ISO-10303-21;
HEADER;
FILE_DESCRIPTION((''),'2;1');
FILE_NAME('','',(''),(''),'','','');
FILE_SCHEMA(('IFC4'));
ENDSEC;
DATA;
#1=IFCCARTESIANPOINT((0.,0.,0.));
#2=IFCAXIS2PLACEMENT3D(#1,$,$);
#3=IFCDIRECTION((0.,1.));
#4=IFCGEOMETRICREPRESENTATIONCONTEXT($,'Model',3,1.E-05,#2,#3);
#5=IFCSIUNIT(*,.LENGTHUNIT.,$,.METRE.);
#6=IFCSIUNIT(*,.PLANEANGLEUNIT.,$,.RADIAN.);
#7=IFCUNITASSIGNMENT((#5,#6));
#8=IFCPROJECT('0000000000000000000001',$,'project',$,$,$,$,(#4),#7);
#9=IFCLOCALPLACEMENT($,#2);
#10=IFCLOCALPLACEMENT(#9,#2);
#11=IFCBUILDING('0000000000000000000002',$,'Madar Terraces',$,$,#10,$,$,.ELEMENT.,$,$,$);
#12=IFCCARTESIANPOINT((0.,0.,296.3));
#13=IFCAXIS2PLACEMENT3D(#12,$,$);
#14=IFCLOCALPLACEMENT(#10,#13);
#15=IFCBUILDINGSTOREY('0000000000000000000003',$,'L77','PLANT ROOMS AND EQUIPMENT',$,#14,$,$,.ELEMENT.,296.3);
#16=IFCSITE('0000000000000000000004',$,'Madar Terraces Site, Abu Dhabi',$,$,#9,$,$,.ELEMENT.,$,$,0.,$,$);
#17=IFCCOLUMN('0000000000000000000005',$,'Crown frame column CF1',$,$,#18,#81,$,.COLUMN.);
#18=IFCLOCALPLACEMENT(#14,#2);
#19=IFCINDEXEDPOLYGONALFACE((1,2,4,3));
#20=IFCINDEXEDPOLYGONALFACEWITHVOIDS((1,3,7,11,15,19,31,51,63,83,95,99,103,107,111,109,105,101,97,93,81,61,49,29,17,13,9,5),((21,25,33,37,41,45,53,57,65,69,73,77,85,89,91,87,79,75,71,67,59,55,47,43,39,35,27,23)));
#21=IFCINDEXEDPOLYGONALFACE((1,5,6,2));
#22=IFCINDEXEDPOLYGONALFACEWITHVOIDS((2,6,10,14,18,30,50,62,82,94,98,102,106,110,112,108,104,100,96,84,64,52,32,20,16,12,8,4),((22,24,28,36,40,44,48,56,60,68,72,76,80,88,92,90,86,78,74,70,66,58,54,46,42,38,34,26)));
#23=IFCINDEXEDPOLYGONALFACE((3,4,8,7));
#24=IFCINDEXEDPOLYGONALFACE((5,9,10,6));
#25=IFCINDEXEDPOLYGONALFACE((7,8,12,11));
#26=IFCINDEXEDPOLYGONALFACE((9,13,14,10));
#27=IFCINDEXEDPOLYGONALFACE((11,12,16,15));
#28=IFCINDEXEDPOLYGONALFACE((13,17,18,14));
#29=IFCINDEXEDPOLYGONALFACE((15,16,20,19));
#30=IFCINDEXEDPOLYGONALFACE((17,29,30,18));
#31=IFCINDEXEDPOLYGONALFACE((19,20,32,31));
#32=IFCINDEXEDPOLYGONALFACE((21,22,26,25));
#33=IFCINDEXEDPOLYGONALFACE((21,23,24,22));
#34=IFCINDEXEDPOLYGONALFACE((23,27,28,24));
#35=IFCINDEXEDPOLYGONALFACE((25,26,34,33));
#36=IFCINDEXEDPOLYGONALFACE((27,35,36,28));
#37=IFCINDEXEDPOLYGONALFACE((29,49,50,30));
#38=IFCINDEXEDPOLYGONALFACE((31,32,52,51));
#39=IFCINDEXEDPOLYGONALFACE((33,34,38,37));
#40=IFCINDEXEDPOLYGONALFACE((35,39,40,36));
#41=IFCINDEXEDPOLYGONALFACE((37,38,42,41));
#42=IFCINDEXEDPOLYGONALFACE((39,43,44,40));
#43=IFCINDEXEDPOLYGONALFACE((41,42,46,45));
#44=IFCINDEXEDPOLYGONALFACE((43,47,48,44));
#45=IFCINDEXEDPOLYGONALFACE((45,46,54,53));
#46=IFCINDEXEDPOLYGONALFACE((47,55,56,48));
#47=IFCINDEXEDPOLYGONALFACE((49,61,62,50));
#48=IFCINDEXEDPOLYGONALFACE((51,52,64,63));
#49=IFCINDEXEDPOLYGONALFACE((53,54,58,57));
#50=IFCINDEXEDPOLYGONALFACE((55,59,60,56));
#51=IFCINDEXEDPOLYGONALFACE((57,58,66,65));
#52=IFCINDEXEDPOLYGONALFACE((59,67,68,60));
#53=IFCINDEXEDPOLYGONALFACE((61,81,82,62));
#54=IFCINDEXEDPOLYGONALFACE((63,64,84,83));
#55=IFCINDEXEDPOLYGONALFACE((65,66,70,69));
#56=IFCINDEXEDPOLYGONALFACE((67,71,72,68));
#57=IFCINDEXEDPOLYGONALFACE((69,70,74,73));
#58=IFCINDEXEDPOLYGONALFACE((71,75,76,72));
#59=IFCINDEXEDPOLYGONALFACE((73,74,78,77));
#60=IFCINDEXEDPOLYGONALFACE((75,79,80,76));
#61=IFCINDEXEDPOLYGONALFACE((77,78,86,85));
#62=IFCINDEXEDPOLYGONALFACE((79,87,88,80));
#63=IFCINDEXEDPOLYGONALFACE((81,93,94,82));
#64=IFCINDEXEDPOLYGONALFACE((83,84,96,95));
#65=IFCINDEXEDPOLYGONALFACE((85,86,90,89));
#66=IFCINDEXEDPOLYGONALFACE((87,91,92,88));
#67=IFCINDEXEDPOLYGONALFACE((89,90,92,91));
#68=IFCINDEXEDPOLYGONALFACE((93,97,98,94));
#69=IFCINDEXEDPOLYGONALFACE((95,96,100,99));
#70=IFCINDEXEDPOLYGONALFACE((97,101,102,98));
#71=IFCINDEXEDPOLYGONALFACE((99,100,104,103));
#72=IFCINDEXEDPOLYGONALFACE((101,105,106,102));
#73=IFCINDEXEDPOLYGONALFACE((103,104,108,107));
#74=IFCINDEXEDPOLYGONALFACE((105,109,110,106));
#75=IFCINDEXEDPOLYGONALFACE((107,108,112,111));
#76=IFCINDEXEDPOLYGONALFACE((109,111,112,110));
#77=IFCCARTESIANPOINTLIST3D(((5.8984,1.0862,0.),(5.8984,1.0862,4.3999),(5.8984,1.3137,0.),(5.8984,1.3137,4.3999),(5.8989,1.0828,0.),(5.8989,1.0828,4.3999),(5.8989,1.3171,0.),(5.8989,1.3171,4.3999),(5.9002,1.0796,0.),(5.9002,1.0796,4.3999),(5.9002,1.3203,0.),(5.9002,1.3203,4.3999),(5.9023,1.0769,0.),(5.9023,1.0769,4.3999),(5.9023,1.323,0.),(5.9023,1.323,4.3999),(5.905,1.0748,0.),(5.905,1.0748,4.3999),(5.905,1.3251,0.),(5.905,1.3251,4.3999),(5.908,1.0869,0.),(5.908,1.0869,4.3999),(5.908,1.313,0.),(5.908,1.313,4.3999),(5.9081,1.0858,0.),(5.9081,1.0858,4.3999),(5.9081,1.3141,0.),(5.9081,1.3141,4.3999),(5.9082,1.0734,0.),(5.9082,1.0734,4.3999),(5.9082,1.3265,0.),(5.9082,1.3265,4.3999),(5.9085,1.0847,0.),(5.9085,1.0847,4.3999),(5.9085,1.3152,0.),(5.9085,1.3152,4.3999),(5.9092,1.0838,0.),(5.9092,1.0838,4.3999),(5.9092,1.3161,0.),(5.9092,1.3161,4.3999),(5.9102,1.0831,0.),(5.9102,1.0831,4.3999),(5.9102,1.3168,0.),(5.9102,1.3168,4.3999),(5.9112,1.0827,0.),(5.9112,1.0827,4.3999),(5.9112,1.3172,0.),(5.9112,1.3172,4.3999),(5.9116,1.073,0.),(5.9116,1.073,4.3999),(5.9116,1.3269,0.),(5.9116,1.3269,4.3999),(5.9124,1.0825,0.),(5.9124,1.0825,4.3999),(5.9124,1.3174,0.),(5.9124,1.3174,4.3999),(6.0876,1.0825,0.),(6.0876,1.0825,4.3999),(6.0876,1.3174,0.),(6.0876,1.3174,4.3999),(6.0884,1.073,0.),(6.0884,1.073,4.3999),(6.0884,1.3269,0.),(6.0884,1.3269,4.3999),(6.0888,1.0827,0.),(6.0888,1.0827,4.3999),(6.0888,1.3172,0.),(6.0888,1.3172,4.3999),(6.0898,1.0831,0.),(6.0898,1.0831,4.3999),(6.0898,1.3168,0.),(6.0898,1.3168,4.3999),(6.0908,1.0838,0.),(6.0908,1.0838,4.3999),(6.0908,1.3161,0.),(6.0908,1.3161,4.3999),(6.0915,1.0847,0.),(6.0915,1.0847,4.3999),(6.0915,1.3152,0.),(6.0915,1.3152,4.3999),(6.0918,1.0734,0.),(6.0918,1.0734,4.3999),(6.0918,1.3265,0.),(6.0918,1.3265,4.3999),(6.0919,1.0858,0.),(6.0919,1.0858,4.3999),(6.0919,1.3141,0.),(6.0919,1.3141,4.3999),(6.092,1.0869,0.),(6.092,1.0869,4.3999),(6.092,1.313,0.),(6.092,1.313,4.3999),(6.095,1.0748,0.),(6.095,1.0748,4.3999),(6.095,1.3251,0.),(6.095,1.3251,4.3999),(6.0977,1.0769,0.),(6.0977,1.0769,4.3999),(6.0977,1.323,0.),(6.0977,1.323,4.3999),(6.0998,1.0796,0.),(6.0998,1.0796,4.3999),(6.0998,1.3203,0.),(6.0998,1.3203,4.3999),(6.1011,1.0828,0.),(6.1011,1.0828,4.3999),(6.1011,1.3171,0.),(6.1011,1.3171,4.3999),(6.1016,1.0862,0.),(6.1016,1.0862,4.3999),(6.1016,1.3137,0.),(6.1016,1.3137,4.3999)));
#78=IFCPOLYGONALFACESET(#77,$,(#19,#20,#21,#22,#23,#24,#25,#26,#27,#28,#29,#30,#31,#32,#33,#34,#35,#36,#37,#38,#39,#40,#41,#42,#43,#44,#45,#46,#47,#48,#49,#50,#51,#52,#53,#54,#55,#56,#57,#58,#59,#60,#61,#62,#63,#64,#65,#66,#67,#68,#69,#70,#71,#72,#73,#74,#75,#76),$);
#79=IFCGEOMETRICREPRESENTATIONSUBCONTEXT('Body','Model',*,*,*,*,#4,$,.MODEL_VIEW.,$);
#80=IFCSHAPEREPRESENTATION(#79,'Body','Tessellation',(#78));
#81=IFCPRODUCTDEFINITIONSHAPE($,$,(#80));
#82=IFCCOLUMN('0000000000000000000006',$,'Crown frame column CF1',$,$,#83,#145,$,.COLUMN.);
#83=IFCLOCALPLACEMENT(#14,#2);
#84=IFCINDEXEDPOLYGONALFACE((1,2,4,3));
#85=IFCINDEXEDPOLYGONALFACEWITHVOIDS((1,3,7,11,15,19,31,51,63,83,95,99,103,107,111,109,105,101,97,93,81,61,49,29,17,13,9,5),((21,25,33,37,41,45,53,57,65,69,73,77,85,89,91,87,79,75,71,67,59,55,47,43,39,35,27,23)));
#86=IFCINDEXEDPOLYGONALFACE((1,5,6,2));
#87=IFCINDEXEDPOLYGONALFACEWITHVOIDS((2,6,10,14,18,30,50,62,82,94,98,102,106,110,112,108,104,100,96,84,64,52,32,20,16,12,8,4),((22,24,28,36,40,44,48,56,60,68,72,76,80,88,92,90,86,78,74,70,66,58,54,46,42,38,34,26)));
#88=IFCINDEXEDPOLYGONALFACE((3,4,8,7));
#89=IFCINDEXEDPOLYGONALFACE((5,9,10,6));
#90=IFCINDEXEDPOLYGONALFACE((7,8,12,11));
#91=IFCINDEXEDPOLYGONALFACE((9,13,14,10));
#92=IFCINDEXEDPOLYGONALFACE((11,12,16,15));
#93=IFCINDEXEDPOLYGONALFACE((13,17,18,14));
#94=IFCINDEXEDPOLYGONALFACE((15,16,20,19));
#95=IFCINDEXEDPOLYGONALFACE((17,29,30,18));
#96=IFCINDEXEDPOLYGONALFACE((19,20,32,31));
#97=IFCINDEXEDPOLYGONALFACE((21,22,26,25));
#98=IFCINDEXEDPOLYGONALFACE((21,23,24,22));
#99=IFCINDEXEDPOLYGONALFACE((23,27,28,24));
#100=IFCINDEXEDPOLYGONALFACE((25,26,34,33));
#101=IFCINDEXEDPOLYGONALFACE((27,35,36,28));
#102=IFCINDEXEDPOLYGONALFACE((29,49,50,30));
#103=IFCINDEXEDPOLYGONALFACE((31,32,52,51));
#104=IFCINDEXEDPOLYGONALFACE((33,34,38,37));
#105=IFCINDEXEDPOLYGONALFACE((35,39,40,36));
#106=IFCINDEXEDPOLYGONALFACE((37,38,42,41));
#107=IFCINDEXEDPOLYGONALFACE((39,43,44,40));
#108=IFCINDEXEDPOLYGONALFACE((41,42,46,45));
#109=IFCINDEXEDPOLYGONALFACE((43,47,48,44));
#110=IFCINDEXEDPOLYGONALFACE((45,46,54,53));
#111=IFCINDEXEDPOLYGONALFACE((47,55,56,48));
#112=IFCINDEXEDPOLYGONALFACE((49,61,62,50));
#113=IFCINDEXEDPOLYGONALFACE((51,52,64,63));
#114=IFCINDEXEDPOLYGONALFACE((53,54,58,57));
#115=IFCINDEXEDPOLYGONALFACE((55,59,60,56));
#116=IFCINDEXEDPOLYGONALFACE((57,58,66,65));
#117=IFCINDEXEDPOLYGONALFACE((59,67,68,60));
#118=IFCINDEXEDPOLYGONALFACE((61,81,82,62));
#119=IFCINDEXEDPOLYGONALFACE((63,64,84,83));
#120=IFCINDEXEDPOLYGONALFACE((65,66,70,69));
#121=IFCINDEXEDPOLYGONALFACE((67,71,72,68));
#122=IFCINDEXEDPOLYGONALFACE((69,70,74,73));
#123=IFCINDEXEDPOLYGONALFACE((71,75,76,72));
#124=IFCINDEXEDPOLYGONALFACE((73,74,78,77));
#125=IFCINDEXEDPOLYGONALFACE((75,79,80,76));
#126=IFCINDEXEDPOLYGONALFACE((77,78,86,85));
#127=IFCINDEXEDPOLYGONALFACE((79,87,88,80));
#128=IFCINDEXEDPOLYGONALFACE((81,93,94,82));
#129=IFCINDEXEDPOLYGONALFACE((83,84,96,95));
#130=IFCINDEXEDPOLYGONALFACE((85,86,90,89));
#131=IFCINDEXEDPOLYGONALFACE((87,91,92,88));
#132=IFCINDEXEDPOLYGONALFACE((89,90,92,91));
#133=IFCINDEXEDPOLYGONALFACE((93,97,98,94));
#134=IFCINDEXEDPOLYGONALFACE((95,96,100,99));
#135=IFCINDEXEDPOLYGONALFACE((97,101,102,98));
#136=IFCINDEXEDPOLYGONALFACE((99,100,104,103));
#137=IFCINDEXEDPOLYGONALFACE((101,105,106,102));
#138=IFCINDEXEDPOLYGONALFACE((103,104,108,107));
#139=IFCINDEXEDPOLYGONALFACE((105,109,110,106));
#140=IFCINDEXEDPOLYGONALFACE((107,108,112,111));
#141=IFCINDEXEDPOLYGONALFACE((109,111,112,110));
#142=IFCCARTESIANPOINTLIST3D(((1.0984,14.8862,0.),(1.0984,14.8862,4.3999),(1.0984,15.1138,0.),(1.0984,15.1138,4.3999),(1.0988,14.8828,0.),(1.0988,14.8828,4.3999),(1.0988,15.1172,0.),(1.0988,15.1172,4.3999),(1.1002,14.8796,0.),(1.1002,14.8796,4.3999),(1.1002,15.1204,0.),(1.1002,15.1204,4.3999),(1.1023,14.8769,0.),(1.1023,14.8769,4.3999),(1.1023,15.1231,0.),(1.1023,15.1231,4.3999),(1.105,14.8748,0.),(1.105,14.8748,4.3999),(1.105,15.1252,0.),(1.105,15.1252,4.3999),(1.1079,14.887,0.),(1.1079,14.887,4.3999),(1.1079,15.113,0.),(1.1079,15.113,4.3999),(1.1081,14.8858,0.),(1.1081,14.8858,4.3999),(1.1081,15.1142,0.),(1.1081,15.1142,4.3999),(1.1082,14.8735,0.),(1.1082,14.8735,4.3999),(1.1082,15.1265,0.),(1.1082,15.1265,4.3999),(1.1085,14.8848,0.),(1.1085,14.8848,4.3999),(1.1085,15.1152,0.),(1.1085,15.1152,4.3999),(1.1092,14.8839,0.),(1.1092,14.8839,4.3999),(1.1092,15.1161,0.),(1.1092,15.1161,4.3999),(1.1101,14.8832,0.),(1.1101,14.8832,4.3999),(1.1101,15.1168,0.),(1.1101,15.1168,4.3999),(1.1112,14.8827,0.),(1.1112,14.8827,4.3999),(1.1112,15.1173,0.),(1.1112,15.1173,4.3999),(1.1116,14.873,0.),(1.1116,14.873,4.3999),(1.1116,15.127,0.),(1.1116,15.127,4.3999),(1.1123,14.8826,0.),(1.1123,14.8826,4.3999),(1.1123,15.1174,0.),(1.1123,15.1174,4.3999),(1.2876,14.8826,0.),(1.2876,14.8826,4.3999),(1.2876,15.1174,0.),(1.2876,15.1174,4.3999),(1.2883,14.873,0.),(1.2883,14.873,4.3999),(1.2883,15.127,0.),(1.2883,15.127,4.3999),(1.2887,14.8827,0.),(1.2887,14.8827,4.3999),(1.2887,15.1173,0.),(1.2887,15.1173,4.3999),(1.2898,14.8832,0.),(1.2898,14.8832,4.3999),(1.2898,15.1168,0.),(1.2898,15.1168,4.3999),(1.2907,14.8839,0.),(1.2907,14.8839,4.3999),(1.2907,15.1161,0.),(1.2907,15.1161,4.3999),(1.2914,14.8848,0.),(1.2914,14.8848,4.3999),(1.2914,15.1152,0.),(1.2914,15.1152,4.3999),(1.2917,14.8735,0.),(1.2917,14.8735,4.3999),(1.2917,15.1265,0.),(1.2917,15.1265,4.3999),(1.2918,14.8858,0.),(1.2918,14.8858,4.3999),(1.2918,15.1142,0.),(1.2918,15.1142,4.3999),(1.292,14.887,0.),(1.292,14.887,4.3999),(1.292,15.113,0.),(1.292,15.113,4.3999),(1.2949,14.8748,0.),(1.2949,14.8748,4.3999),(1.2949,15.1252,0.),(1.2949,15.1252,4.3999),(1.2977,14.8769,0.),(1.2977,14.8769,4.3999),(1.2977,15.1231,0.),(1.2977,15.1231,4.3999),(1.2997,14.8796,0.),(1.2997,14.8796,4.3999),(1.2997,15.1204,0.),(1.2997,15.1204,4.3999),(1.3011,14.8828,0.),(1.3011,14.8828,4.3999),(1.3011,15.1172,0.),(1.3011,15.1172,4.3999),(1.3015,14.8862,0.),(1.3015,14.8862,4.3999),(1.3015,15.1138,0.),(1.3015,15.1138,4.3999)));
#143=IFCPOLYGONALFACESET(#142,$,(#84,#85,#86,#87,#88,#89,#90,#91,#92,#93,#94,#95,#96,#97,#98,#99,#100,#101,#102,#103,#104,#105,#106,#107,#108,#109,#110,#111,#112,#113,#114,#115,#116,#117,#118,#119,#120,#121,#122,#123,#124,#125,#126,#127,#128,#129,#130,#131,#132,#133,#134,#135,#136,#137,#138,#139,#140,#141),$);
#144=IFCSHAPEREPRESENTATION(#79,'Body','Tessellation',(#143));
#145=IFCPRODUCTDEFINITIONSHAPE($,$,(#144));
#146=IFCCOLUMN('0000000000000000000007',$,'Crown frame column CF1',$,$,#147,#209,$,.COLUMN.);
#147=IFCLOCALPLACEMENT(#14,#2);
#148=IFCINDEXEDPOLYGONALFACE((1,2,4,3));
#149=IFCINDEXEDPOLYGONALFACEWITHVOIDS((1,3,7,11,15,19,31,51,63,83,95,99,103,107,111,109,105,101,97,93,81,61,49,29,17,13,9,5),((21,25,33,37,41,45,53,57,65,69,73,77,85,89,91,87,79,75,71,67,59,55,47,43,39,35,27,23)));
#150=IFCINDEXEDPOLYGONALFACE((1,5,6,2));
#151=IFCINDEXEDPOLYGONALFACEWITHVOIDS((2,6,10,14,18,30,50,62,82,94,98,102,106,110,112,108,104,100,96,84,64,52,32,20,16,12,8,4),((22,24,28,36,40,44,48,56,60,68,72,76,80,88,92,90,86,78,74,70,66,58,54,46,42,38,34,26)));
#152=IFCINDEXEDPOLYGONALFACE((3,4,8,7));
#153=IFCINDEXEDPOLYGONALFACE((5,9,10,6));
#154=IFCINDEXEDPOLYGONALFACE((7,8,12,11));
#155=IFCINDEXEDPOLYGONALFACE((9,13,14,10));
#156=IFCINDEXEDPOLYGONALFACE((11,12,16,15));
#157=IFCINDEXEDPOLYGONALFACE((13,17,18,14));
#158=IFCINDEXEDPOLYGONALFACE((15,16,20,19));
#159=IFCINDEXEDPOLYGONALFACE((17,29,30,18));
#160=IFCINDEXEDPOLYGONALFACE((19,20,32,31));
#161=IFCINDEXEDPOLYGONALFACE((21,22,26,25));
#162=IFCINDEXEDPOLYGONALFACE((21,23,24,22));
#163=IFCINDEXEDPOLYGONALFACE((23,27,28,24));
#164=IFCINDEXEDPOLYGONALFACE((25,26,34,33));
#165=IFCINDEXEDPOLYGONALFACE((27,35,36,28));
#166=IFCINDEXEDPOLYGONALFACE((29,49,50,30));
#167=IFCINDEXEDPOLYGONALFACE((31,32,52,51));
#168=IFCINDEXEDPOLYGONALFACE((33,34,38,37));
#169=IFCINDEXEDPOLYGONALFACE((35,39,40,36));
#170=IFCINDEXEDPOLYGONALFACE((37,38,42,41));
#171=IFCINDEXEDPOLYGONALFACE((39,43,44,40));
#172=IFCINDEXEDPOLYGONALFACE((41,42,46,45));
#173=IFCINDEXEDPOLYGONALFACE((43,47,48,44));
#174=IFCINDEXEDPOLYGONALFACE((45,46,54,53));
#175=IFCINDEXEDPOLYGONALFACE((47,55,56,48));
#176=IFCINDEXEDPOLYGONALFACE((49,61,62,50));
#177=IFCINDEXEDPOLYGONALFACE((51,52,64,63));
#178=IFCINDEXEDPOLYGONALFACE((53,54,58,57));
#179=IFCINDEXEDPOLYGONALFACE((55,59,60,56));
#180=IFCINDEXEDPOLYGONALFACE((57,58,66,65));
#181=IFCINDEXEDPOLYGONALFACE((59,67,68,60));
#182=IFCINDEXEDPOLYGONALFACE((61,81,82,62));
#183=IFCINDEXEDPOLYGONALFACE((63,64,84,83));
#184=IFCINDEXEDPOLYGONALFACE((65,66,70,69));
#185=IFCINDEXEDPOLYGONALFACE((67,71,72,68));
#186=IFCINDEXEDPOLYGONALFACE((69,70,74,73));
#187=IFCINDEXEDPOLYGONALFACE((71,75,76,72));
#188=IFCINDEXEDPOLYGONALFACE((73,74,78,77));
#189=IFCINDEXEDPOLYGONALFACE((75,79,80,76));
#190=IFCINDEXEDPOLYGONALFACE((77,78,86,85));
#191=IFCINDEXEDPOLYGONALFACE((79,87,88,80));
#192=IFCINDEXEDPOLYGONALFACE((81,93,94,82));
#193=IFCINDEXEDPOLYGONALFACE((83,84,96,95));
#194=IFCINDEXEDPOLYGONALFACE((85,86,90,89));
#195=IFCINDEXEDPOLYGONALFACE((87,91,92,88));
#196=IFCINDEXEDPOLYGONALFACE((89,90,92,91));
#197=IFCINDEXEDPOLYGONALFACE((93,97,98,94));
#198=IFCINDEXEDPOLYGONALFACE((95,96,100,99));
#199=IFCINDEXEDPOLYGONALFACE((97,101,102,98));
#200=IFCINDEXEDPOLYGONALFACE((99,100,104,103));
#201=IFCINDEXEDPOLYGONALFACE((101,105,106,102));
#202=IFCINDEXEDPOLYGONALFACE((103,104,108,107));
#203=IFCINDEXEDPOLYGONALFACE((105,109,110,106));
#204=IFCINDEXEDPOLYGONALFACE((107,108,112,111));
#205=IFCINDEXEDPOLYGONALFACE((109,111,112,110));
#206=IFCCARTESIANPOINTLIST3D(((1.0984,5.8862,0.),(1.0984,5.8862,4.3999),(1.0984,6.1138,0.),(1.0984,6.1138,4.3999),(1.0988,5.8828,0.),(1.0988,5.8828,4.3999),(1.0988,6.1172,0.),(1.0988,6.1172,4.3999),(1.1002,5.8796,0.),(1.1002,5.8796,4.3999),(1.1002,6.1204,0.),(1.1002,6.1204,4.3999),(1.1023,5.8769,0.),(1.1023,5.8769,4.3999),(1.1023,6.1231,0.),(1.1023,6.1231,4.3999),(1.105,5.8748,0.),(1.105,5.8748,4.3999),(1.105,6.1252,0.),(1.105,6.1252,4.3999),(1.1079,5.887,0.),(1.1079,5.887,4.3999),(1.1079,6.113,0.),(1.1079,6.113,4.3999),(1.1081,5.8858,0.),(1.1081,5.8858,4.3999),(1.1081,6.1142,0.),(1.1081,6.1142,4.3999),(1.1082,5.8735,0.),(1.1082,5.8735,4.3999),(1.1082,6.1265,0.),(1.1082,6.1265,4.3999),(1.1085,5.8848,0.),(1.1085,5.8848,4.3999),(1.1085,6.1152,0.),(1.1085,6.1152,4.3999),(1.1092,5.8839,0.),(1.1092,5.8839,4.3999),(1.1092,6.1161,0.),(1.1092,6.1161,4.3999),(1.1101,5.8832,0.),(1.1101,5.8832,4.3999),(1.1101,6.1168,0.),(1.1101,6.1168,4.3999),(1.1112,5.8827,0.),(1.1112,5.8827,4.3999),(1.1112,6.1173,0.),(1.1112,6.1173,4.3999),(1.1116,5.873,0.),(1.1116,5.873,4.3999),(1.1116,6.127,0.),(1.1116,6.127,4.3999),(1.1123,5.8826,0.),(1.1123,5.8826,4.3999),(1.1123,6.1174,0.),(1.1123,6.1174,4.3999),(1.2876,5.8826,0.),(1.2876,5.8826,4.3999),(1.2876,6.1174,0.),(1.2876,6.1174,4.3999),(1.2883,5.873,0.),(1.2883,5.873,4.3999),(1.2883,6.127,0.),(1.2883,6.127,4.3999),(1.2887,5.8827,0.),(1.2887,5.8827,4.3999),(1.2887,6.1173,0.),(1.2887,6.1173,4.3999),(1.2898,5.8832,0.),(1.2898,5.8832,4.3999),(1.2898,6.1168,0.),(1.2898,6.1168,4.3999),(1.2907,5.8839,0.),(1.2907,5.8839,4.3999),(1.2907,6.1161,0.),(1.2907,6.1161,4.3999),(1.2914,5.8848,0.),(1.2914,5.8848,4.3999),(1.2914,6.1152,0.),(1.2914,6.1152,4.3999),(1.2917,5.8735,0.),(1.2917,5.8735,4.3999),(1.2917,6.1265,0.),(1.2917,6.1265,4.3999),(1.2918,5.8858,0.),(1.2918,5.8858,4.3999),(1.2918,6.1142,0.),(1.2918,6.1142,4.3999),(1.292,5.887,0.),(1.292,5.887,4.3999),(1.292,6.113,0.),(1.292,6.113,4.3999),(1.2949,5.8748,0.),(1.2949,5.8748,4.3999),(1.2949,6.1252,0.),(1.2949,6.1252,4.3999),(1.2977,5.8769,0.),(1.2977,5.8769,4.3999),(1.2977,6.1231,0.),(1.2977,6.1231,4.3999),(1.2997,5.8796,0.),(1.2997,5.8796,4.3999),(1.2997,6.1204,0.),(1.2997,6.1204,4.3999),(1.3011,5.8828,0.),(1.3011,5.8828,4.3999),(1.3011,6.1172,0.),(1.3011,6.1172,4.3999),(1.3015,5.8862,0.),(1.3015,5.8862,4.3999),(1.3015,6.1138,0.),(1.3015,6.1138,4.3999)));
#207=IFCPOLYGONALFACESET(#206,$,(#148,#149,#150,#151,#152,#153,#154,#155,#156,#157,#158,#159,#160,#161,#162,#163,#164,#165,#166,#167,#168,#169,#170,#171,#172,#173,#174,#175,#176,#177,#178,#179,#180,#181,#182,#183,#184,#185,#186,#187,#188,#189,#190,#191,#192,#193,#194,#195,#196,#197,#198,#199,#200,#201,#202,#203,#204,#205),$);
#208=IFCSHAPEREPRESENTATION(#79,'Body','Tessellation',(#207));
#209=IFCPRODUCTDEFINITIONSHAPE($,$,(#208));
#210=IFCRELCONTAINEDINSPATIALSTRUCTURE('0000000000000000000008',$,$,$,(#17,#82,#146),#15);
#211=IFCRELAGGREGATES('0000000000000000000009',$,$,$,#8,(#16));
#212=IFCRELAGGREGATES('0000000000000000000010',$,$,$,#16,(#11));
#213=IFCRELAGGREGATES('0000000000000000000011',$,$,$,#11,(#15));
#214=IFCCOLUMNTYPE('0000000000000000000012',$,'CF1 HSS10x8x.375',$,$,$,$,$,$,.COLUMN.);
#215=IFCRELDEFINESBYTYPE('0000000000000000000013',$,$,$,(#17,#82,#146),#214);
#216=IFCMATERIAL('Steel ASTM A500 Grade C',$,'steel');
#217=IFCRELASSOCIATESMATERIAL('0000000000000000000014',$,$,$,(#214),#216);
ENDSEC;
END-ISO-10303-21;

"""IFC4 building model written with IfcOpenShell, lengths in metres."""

from ifc_helpers import new_model, si_unit, direction, frame, origin, origin_2d, place, context, subcontext, project, spatial, hollow_rectangle, extrude, material, material_profile, profile_set, type_object, element, save


model = new_model("IFC4")

# Units and contexts
model_context = context("Model", 3, precision=1e-05, world=origin(), true_north=direction((0.0, 1.0)))
body_context = subcontext(model_context, "Body", "Model", "MODEL_VIEW")
ifc_project = project(units=[si_unit("LENGTHUNIT", "METRE"), si_unit("PLANEANGLEUNIT", "RADIAN")], contexts=[model_context])

# Site, building, storey
site_placement = place(None, origin())
site = spatial("IfcSite", under=ifc_project, at=site_placement, Name="Madar Terraces Site, Abu Dhabi", CompositionType="ELEMENT", RefElevation=0.0)
building_placement = place(site_placement, origin())
building = spatial("IfcBuilding", under=site, at=building_placement, Name="Madar Terraces", CompositionType="ELEMENT")
storey_placement = place(building_placement, frame((0.0, 0.0, 296.3)))
storey = spatial("IfcBuildingStorey", under=building, at=storey_placement, Name="L77", Description="PLANT ROOMS AND EQUIPMENT", CompositionType="ELEMENT", Elevation=296.3)

# Columns
ifc_material_1 = material(Name="Steel ASTM A500 Grade C", Category="steel")
ifc_material_profile_1 = material_profile(ifc_material_1, hollow_rectangle(XDim=0.2031, YDim=0.2539, WallThickness=0.0095, InnerFilletRadius=0.0044, OuterFilletRadius=0.0132, at=origin_2d()), Name="HSS10x8x.375")
ifc_profile_set_1 = profile_set([ifc_material_profile_1], Name="Steel ASTM A500 Grade C")
column_type = type_object("IfcColumnType", Name="CF1 HSS10x8x.375", PredefinedType="COLUMN", material=ifc_profile_set_1)
for number, where, z_axis, x_axis, name in (
    (1, (6.0, 1.2, 0.0), (0.0, 0.0, 1.0), (1.0, 0.0, 0.0), "Crown frame column CF1"),
    (2, (1.2, 15.0, 0.0), (0.0, 0.0, 1.0), (1.0, 0.0, 0.0), "Crown frame column CF1"),
    (3, (1.2, 6.0, 0.0), (0.0, 0.0, 1.0), (1.0, 0.0, 0.0), "Crown frame column CF1"),
):
    element("IfcColumn", number, at=place(storey_placement, frame(where, z_axis=z_axis, x_axis=x_axis)), inside=storey, type_object=column_type, Name=name, PredefinedType="COLUMN", context=body_context, shape_type="SweptSolid", body=[
        extrude(hollow_rectangle(XDim=0.2031, YDim=0.2539, WallThickness=0.0095, InnerFilletRadius=0.0044, OuterFilletRadius=0.0132, at=origin_2d()), origin(), (0.0, 0.0, 1.0), 4.3999),
    ])

save(model, "model.ifc")
